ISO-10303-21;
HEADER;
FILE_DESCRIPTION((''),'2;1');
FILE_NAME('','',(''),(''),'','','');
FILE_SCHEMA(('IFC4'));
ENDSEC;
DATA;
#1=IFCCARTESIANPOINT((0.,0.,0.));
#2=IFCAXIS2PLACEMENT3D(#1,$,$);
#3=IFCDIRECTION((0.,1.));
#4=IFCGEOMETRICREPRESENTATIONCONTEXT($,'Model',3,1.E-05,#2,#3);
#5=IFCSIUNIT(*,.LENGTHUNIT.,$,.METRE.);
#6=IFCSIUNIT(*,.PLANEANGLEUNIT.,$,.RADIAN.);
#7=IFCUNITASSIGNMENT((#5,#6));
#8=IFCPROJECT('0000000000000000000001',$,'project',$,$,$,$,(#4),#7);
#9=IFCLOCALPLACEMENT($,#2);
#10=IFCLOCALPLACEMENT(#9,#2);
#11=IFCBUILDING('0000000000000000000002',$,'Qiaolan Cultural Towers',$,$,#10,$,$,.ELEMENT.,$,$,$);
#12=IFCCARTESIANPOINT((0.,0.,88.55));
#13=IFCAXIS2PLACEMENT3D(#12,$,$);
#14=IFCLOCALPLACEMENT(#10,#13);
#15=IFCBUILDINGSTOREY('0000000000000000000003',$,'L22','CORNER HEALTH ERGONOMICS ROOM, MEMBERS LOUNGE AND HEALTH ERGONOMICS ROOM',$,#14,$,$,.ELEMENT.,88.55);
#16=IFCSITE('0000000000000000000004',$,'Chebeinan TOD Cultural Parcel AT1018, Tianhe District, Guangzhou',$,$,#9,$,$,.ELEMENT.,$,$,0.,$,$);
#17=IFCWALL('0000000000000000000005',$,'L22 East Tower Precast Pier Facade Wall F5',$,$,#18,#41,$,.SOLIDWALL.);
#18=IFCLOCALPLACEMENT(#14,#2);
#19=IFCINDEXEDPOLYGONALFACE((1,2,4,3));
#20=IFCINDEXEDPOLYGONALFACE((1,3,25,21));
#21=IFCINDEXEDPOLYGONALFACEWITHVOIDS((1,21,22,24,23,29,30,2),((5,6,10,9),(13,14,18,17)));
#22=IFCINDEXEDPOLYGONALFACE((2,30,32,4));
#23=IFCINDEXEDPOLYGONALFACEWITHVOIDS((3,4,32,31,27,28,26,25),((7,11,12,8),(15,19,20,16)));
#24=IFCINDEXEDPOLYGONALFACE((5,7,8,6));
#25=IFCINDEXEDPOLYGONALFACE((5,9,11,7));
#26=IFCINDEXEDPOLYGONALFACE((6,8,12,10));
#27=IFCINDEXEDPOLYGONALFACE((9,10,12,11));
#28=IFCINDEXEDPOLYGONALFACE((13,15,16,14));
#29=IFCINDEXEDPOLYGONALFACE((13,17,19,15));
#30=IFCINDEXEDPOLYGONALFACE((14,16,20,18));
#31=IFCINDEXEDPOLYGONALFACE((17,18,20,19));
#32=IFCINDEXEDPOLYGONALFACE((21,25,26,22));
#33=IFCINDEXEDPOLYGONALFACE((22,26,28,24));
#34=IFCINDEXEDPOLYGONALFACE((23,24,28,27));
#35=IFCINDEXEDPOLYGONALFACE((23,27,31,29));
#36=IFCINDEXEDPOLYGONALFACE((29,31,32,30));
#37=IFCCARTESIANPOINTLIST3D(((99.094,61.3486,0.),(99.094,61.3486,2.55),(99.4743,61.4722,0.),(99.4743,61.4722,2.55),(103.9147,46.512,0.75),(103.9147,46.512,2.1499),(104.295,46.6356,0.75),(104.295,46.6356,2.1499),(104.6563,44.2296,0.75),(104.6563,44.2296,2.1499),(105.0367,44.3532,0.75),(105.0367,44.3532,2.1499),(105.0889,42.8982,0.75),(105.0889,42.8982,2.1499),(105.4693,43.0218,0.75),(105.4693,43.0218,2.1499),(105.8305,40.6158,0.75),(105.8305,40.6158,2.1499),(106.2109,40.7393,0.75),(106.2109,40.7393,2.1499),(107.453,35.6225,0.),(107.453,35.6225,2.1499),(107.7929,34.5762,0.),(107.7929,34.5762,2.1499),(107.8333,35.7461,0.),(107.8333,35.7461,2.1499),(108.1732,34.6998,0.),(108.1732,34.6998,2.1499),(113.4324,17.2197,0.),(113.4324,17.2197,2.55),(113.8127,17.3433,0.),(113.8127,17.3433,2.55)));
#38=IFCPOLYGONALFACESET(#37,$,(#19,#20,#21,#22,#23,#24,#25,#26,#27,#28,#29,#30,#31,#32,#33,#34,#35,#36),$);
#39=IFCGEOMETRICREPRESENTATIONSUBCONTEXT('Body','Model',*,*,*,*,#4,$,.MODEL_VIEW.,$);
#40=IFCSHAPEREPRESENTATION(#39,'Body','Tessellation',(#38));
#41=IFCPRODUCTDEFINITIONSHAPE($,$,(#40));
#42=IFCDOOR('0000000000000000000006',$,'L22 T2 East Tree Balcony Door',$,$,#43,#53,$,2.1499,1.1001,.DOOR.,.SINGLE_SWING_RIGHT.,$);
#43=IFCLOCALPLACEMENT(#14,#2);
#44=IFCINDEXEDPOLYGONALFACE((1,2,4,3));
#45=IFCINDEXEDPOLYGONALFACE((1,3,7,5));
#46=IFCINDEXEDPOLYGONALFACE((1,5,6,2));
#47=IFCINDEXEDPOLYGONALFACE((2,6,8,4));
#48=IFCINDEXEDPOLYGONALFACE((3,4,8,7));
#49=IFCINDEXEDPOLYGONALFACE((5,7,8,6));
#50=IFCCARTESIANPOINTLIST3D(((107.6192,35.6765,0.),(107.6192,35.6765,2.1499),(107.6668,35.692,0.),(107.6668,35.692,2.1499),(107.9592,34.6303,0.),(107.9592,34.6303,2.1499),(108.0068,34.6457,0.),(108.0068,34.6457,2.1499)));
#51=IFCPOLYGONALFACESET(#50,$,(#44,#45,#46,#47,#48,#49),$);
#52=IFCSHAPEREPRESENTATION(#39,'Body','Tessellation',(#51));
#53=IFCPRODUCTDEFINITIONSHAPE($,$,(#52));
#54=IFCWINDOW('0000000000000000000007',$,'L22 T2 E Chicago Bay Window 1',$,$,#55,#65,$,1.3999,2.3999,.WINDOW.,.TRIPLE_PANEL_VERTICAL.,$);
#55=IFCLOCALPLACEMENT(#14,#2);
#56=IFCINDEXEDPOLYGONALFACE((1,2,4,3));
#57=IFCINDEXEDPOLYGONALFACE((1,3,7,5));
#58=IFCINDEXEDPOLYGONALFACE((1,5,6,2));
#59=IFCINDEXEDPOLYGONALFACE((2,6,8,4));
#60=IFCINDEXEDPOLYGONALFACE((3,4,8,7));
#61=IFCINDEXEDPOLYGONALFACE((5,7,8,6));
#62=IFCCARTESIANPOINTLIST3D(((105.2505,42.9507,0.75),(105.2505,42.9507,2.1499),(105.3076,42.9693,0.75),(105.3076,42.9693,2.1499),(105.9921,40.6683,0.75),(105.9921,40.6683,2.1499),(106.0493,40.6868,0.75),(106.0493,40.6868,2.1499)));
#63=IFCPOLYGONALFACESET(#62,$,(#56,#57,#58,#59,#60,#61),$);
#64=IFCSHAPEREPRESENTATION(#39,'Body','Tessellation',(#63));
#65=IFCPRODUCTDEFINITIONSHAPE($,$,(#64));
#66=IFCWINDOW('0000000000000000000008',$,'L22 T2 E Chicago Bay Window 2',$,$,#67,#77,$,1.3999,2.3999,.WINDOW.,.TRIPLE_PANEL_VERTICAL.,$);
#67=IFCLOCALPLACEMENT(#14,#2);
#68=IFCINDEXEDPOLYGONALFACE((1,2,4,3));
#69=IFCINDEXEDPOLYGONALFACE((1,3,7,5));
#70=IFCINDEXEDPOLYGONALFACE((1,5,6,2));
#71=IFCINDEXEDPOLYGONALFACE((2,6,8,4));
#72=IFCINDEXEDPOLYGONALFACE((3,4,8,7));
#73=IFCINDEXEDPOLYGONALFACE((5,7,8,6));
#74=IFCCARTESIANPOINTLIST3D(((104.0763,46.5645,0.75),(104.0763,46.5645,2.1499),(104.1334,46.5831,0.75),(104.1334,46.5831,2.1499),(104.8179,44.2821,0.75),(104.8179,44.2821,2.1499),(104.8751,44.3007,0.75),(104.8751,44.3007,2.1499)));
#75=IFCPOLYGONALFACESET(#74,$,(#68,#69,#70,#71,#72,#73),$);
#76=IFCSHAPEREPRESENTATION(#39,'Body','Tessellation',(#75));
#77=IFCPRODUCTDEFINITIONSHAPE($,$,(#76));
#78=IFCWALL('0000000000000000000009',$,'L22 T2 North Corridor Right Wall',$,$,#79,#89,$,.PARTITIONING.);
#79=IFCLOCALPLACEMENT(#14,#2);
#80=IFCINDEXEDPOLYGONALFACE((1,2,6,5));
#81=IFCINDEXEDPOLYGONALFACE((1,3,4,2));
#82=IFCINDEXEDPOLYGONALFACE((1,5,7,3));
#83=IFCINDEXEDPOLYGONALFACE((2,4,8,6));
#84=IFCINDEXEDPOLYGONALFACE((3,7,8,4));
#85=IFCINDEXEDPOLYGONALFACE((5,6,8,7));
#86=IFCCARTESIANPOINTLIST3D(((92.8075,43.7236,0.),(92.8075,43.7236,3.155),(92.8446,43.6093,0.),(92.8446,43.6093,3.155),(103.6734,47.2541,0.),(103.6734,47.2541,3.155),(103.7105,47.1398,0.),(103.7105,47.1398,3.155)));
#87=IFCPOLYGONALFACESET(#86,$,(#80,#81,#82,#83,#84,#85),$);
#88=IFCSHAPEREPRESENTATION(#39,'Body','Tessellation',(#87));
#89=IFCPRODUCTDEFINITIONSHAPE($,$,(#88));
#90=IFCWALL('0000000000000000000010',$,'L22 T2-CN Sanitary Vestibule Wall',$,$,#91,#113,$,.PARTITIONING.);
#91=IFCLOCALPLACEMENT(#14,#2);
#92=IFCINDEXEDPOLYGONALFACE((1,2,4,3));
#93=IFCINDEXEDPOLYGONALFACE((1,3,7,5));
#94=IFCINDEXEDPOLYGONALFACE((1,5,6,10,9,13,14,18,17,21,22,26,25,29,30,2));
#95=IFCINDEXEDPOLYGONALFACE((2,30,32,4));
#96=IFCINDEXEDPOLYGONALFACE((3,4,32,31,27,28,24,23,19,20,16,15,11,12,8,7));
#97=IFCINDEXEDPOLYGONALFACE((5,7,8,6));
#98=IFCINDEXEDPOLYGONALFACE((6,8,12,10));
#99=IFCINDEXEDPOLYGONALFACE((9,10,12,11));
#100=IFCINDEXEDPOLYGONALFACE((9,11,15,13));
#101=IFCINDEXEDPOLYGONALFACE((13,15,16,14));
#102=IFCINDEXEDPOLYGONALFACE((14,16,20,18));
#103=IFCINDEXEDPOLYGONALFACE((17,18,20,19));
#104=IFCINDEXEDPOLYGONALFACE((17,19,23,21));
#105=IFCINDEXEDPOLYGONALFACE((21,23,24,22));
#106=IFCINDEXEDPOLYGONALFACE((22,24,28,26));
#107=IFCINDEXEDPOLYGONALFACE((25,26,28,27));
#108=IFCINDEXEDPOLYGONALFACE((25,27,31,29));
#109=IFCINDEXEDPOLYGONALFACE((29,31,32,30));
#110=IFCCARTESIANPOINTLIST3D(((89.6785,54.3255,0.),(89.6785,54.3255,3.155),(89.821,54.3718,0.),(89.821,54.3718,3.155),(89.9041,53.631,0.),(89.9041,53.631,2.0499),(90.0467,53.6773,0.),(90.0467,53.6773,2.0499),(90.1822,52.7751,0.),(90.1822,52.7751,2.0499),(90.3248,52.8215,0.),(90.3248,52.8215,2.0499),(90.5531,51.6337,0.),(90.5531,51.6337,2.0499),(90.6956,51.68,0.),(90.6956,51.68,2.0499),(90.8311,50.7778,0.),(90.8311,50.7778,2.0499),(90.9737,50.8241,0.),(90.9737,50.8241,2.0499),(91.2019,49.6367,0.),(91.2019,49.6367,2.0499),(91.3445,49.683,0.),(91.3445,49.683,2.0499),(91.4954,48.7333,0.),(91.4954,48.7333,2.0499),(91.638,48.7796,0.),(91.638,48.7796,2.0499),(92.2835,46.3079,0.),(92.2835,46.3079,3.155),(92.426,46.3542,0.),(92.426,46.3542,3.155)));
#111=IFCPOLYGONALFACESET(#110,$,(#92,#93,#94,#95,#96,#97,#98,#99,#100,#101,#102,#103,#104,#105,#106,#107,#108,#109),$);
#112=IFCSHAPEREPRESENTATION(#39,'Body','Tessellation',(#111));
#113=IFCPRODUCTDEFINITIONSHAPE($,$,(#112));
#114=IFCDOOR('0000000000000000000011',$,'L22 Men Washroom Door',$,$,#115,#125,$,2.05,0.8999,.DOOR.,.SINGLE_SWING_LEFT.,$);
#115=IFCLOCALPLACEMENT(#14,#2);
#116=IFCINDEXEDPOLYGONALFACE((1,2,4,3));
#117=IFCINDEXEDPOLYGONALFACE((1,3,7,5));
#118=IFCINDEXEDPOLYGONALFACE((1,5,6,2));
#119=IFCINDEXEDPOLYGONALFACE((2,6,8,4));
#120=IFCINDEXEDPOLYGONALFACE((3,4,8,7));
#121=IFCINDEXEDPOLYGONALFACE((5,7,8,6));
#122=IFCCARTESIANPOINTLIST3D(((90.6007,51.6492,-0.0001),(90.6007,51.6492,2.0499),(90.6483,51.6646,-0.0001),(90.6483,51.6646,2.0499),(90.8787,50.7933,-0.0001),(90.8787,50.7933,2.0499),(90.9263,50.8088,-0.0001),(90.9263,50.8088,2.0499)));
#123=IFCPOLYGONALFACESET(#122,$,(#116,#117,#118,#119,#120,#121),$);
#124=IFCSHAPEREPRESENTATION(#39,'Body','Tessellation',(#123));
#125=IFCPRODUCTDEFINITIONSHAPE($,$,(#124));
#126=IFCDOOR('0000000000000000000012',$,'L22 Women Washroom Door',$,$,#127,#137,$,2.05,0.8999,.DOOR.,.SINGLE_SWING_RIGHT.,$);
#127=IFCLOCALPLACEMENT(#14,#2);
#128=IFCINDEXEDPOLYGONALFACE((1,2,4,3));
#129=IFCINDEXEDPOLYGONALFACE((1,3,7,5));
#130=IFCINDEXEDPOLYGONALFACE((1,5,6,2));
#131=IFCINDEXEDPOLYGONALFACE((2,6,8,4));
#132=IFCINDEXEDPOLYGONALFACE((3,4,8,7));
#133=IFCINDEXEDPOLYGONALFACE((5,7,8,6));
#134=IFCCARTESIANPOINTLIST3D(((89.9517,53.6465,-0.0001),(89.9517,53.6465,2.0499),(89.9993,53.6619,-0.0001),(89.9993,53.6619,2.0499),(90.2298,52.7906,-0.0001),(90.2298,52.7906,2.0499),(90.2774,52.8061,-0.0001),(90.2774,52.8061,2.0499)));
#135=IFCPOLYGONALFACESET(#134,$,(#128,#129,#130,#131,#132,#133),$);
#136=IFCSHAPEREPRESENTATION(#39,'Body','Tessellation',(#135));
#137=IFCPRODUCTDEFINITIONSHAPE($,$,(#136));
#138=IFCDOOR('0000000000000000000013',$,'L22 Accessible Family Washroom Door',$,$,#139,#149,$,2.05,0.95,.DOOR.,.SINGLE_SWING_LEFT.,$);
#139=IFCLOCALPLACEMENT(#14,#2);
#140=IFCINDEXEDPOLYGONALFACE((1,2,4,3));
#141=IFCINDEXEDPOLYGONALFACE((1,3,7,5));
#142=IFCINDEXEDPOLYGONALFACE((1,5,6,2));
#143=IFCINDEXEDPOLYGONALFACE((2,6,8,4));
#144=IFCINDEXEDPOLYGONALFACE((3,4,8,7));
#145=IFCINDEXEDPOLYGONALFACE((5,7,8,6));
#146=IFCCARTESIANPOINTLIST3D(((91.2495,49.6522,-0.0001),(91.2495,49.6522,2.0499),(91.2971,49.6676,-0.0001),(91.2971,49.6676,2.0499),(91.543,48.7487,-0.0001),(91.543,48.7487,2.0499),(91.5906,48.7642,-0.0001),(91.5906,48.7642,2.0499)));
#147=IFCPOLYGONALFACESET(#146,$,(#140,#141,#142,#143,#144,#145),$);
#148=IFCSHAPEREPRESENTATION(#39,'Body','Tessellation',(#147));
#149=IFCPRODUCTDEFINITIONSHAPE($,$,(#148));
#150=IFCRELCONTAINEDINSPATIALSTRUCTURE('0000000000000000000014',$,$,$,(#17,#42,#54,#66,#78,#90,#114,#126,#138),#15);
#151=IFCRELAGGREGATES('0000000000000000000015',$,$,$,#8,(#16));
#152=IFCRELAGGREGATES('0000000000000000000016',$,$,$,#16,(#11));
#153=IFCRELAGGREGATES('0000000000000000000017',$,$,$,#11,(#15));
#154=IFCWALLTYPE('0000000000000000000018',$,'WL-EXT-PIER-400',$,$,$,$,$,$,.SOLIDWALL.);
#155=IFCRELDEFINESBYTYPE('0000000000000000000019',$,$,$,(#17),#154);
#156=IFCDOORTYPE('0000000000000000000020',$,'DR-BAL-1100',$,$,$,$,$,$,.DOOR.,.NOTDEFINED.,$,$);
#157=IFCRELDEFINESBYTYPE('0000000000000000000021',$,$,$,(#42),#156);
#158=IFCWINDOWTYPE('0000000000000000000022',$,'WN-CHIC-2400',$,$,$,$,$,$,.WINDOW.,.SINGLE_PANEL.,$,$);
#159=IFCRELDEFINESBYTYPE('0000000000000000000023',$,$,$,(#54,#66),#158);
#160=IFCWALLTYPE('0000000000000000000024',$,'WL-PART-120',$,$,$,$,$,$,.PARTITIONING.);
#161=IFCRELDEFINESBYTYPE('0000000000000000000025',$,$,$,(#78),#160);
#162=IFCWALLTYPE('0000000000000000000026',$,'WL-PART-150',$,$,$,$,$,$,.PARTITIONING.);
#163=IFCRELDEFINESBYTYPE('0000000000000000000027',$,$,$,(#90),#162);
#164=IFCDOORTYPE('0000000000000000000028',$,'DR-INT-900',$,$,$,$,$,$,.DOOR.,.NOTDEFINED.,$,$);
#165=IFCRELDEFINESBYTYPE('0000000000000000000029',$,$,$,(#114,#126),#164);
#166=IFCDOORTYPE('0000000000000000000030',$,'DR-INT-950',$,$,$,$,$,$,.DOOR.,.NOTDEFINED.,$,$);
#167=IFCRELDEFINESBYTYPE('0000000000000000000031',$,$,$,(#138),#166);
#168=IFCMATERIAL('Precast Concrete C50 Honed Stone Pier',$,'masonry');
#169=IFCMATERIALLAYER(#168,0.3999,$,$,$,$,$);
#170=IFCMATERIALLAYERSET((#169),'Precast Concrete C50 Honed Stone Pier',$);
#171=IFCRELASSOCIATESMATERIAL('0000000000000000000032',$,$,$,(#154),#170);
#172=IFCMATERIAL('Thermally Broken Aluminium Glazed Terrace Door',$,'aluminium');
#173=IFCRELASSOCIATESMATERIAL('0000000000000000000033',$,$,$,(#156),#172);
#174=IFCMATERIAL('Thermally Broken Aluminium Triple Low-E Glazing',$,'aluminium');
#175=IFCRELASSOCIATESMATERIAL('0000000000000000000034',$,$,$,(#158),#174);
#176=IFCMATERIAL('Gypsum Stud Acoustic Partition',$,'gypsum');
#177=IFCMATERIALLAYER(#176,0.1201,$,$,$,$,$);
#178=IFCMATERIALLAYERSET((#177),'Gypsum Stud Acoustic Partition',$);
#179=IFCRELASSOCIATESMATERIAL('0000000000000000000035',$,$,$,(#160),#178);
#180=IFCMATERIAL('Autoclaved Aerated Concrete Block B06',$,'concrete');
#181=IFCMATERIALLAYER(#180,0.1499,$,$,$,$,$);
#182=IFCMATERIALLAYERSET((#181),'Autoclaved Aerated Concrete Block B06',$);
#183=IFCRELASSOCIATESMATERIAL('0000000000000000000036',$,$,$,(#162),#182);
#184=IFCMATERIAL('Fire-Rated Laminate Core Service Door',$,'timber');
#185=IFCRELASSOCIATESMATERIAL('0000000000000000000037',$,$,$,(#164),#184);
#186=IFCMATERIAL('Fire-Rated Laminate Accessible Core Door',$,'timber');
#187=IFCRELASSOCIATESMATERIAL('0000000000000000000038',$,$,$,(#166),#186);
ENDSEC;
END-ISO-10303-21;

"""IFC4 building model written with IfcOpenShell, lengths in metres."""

from ifc_helpers import new_model, si_unit, direction, frame, frame_2d, origin, place, context, subcontext, project, spatial, rectangle, extrude, material, layer, layer_set, type_object, element, fill, save


model = new_model("IFC4")

# Units and contexts
model_context = context("Model", 3, precision=1e-05, world=origin(), true_north=direction((0.0, 1.0)))
body_context = subcontext(model_context, "Body", "Model", "MODEL_VIEW")
ifc_project = project(units=[si_unit("LENGTHUNIT", "METRE"), si_unit("PLANEANGLEUNIT", "RADIAN")], contexts=[model_context])

# Site, building, storey
site_placement = place(None, origin())
site = spatial("IfcSite", under=ifc_project, at=site_placement, Name="Chebeinan TOD Cultural Parcel AT1018, Tianhe District, Guangzhou", CompositionType="ELEMENT", RefElevation=0.0)
building_placement = place(site_placement, origin())
building = spatial("IfcBuilding", under=site, at=building_placement, Name="Qiaolan Cultural Towers", CompositionType="ELEMENT")
storey_placement = place(building_placement, frame((0.0, 0.0, 88.55)))
storey = spatial("IfcBuildingStorey", under=building, at=storey_placement, Name="L22", Description="CORNER HEALTH ERGONOMICS ROOM, MEMBERS LOUNGE AND HEALTH ERGONOMICS ROOM", CompositionType="ELEMENT", Elevation=88.55)

# Shared definitions
ifc_material_1 = material(Name="Precast Concrete C50 Honed Stone Pier", Category="masonry")
ifc_layer_1 = layer(ifc_material_1, 0.3999)
ifc_layer_set_1 = layer_set([ifc_layer_1], Name="Precast Concrete C50 Honed Stone Pier")
wall_type_1 = type_object("IfcWallType", Name="WL-EXT-PIER-400", PredefinedType="SOLIDWALL", material=ifc_layer_set_1)

# Wall, openings, door, windows
wall_1_placement = place(storey_placement, frame((99.2842, 61.4104, 0.0), z_axis=(0.0, 0.0, 1.0), x_axis=(0.309018, -0.951056, 0.0)))
wall_1 = element("IfcWall", 1, at=wall_1_placement, inside=storey, type_object=wall_type_1, Name="L22 East Tower Precast Pier Facade Wall F5", PredefinedType="SOLIDWALL", context=body_context, shape_type="SweptSolid", body=[
    extrude(rectangle(XDim=46.3999, YDim=0.3999, at=frame_2d((23.2, 0.0))), origin(), (0.0, 0.0, 1.0), 2.55),
])
opening_1_placement = place(wall_1_placement, frame((19.3999, 0.0, 0.75)))
opening_1 = element("IfcOpeningElement", 2, at=opening_1_placement, cuts=wall_1, PredefinedType="OPENING", context=body_context, shape_type="SweptSolid", body=[
    extrude(rectangle(XDim=2.3999, YDim=1.3999, at=frame_2d((1.2, 0.7))), frame((0.0, 0.21, 0.0), z_axis=(0.0, -1.0, 0.0), x_axis=(1.0, 0.0, 0.0)), (0.0, 0.0, 1.0), 0.4199),
])
opening_2_placement = place(wall_1_placement, frame((15.6001, 0.0, 0.75)))
opening_2 = element("IfcOpeningElement", 3, at=opening_2_placement, cuts=wall_1, PredefinedType="OPENING", context=body_context, shape_type="SweptSolid", body=[
    extrude(rectangle(XDim=2.3999, YDim=1.3999, at=frame_2d((1.2, 0.7))), frame((0.0, 0.21, 0.0), z_axis=(0.0, -1.0, 0.0), x_axis=(1.0, 0.0, 0.0)), (0.0, 0.0, 1.0), 0.4199),
])
opening_3_placement = place(wall_1_placement, frame((27.05, 0.0, 0.0)))
opening_3 = element("IfcOpeningElement", 4, at=opening_3_placement, cuts=wall_1, PredefinedType="OPENING", context=body_context, shape_type="SweptSolid", body=[
    extrude(rectangle(XDim=1.1001, YDim=2.1499, at=frame_2d((0.55, 1.075))), frame((0.0, 0.21, 0.0), z_axis=(0.0, -1.0, 0.0), x_axis=(1.0, 0.0, 0.0)), (0.0, 0.0, 1.0), 0.4199),
])
ifc_material_2 = material(Name="Thermally Broken Aluminium Glazed Terrace Door", Category="aluminium")
door_type_1 = type_object("IfcDoorType", Name="DR-BAL-1100", OperationType="NOTDEFINED", PredefinedType="DOOR", material=ifc_material_2)
door_1_placement = place(opening_3_placement, origin())
door_1 = element("IfcDoor", 5, at=door_1_placement, inside=storey, type_object=door_type_1, Name="L22 T2 East Tree Balcony Door", OperationType="SINGLE_SWING_RIGHT", OverallHeight=2.1499, OverallWidth=1.1001, PredefinedType="DOOR", context=body_context, shape_type="SweptSolid", body=[
    extrude(rectangle(XDim=1.1001, YDim=2.1499, at=frame_2d((0.55, 1.075))), frame((0.0, 0.0249, 0.0), z_axis=(0.0, -1.0, 0.0), x_axis=(1.0, 0.0, 0.0)), (0.0, 0.0, 1.0), 0.05),
])
fill(opening_3, door_1)
ifc_material_3 = material(Name="Thermally Broken Aluminium Triple Low-E Glazing", Category="aluminium")
window_type = type_object("IfcWindowType", Name="WN-CHIC-2400", PartitioningType="SINGLE_PANEL", PredefinedType="WINDOW", material=ifc_material_3)
window_1_placement = place(opening_1_placement, origin())
window_1 = element("IfcWindow", 6, at=window_1_placement, inside=storey, type_object=window_type, Name="L22 T2 E Chicago Bay Window 1", OverallHeight=1.3999, OverallWidth=2.3999, PartitioningType="TRIPLE_PANEL_VERTICAL", PredefinedType="WINDOW", context=body_context, shape_type="SweptSolid", body=[
    extrude(rectangle(XDim=2.3999, YDim=1.3999, at=frame_2d((1.2, 0.7))), frame((0.0, 0.03, 0.0), z_axis=(0.0, -1.0, 0.0), x_axis=(1.0, 0.0, 0.0)), (0.0, 0.0, 1.0), 0.0601),
])
fill(opening_1, window_1)
window_2_placement = place(opening_2_placement, origin())
window_2 = element("IfcWindow", 7, at=window_2_placement, inside=storey, type_object=window_type, Name="L22 T2 E Chicago Bay Window 2", OverallHeight=1.3999, OverallWidth=2.3999, PartitioningType="TRIPLE_PANEL_VERTICAL", PredefinedType="WINDOW", context=body_context, shape_type="SweptSolid", body=[
    extrude(rectangle(XDim=2.3999, YDim=1.3999, at=frame_2d((1.2, 0.7))), frame((0.0, 0.03, 0.0), z_axis=(0.0, -1.0, 0.0), x_axis=(1.0, 0.0, 0.0)), (0.0, 0.0, 1.0), 0.0601),
])
fill(opening_2, window_2)

# Wall
ifc_material_4 = material(Name="Gypsum Stud Acoustic Partition", Category="gypsum")
ifc_layer_2 = layer(ifc_material_4, 0.1201)
ifc_layer_set_2 = layer_set([ifc_layer_2], Name="Gypsum Stud Acoustic Partition")
wall_type_2 = type_object("IfcWallType", Name="WL-PART-120", PredefinedType="PARTITIONING", material=ifc_layer_set_2)
wall_2_placement = place(storey_placement, frame((92.8262, 43.6665, 0.0), z_axis=(0.0, 0.0, 1.0), x_axis=(0.951058, 0.309013, 0.0)))
element("IfcWall", 8, at=wall_2_placement, inside=storey, type_object=wall_type_2, Name="L22 T2 North Corridor Right Wall", PredefinedType="PARTITIONING", context=body_context, shape_type="SweptSolid", body=[
    extrude(rectangle(XDim=11.425, YDim=0.1201, at=frame_2d((5.7124, 0.0))), origin(), (0.0, 0.0, 1.0), 3.155),
])

# Wall, openings, doors
ifc_material_5 = material(Name="Autoclaved Aerated Concrete Block B06", Category="concrete")
ifc_layer_3 = layer(ifc_material_5, 0.1499)
ifc_layer_set_3 = layer_set([ifc_layer_3], Name="Autoclaved Aerated Concrete Block B06")
wall_type_3 = type_object("IfcWallType", Name="WL-PART-150", PredefinedType="PARTITIONING", material=ifc_layer_set_3)
wall_3_placement = place(storey_placement, frame((92.3547, 46.3311, 0.0), z_axis=(0.0, 0.0, 1.0), x_axis=(-0.309007, 0.95106, 0.0)))
wall_3 = element("IfcWall", 9, at=wall_3_placement, inside=storey, type_object=wall_type_3, Name="L22 T2-CN Sanitary Vestibule Wall", PredefinedType="PARTITIONING", context=body_context, shape_type="SweptSolid", body=[
    extrude(rectangle(XDim=8.4302, YDim=0.1499, at=frame_2d((4.2151, 0.0))), origin(), (0.0, 0.0, 1.0), 3.155),
])
opening_4_placement = place(wall_3_placement, frame((2.55, 0.0, 0.0)))
opening_4 = element("IfcOpeningElement", 10, at=opening_4_placement, cuts=wall_3, PredefinedType="OPENING", context=body_context, shape_type="SweptSolid", body=[
    extrude(rectangle(XDim=0.95, YDim=2.05, at=frame_2d((0.4751, 1.0249))), frame((0.0, 0.085, 0.0), z_axis=(0.0, -1.0, 0.0), x_axis=(1.0, 0.0, 0.0)), (0.0, 0.0, 1.0), 0.1699),
])
opening_5_placement = place(wall_3_placement, frame((4.7, 0.0, 0.0)))
opening_5 = element("IfcOpeningElement", 11, at=opening_5_placement, cuts=wall_3, PredefinedType="OPENING", context=body_context, shape_type="SweptSolid", body=[
    extrude(rectangle(XDim=0.8999, YDim=2.05, at=frame_2d((0.45, 1.0249))), frame((0.0, 0.085, 0.0), z_axis=(0.0, -1.0, 0.0), x_axis=(1.0, 0.0, 0.0)), (0.0, 0.0, 1.0), 0.1699),
])
opening_6_placement = place(wall_3_placement, frame((6.8, 0.0, 0.0)))
opening_6 = element("IfcOpeningElement", 12, at=opening_6_placement, cuts=wall_3, PredefinedType="OPENING", context=body_context, shape_type="SweptSolid", body=[
    extrude(rectangle(XDim=0.8999, YDim=2.05, at=frame_2d((0.45, 1.0249))), frame((0.0, 0.085, 0.0), z_axis=(0.0, -1.0, 0.0), x_axis=(1.0, 0.0, 0.0)), (0.0, 0.0, 1.0), 0.1699),
])
ifc_material_6 = material(Name="Fire-Rated Laminate Core Service Door", Category="timber")
door_type_2 = type_object("IfcDoorType", Name="DR-INT-900", OperationType="NOTDEFINED", PredefinedType="DOOR", material=ifc_material_6)
door_2_placement = place(opening_5_placement, origin())
door_2 = element("IfcDoor", 13, at=door_2_placement, inside=storey, type_object=door_type_2, Name="L22 Men Washroom Door", OperationType="SINGLE_SWING_LEFT", OverallHeight=2.05, OverallWidth=0.8999, PredefinedType="DOOR", context=body_context, shape_type="SweptSolid", body=[
    extrude(rectangle(XDim=0.8999, YDim=2.05, at=frame_2d((0.45, 1.0249))), frame((0.0, 0.0249, 0.0), z_axis=(0.0, -1.0, 0.0), x_axis=(1.0, 0.0, 0.0)), (0.0, 0.0, 1.0), 0.05),
])
fill(opening_5, door_2)
door_3_placement = place(opening_6_placement, origin())
door_3 = element("IfcDoor", 14, at=door_3_placement, inside=storey, type_object=door_type_2, Name="L22 Women Washroom Door", OperationType="SINGLE_SWING_RIGHT", OverallHeight=2.05, OverallWidth=0.8999, PredefinedType="DOOR", context=body_context, shape_type="SweptSolid", body=[
    extrude(rectangle(XDim=0.8999, YDim=2.05, at=frame_2d((0.45, 1.0249))), frame((0.0, 0.0249, 0.0), z_axis=(0.0, -1.0, 0.0), x_axis=(1.0, 0.0, 0.0)), (0.0, 0.0, 1.0), 0.05),
])
fill(opening_6, door_3)
ifc_material_7 = material(Name="Fire-Rated Laminate Accessible Core Door", Category="timber")
door_type_3 = type_object("IfcDoorType", Name="DR-INT-950", OperationType="NOTDEFINED", PredefinedType="DOOR", material=ifc_material_7)
door_4_placement = place(opening_4_placement, origin())
door_4 = element("IfcDoor", 15, at=door_4_placement, inside=storey, type_object=door_type_3, Name="L22 Accessible Family Washroom Door", OperationType="SINGLE_SWING_LEFT", OverallHeight=2.05, OverallWidth=0.95, PredefinedType="DOOR", context=body_context, shape_type="SweptSolid", body=[
    extrude(rectangle(XDim=0.95, YDim=2.05, at=frame_2d((0.4751, 1.0249))), frame((0.0, 0.0249, 0.0), z_axis=(0.0, -1.0, 0.0), x_axis=(1.0, 0.0, 0.0)), (0.0, 0.0, 1.0), 0.05),
])
fill(opening_4, door_4)

save(model, "model.ifc")
